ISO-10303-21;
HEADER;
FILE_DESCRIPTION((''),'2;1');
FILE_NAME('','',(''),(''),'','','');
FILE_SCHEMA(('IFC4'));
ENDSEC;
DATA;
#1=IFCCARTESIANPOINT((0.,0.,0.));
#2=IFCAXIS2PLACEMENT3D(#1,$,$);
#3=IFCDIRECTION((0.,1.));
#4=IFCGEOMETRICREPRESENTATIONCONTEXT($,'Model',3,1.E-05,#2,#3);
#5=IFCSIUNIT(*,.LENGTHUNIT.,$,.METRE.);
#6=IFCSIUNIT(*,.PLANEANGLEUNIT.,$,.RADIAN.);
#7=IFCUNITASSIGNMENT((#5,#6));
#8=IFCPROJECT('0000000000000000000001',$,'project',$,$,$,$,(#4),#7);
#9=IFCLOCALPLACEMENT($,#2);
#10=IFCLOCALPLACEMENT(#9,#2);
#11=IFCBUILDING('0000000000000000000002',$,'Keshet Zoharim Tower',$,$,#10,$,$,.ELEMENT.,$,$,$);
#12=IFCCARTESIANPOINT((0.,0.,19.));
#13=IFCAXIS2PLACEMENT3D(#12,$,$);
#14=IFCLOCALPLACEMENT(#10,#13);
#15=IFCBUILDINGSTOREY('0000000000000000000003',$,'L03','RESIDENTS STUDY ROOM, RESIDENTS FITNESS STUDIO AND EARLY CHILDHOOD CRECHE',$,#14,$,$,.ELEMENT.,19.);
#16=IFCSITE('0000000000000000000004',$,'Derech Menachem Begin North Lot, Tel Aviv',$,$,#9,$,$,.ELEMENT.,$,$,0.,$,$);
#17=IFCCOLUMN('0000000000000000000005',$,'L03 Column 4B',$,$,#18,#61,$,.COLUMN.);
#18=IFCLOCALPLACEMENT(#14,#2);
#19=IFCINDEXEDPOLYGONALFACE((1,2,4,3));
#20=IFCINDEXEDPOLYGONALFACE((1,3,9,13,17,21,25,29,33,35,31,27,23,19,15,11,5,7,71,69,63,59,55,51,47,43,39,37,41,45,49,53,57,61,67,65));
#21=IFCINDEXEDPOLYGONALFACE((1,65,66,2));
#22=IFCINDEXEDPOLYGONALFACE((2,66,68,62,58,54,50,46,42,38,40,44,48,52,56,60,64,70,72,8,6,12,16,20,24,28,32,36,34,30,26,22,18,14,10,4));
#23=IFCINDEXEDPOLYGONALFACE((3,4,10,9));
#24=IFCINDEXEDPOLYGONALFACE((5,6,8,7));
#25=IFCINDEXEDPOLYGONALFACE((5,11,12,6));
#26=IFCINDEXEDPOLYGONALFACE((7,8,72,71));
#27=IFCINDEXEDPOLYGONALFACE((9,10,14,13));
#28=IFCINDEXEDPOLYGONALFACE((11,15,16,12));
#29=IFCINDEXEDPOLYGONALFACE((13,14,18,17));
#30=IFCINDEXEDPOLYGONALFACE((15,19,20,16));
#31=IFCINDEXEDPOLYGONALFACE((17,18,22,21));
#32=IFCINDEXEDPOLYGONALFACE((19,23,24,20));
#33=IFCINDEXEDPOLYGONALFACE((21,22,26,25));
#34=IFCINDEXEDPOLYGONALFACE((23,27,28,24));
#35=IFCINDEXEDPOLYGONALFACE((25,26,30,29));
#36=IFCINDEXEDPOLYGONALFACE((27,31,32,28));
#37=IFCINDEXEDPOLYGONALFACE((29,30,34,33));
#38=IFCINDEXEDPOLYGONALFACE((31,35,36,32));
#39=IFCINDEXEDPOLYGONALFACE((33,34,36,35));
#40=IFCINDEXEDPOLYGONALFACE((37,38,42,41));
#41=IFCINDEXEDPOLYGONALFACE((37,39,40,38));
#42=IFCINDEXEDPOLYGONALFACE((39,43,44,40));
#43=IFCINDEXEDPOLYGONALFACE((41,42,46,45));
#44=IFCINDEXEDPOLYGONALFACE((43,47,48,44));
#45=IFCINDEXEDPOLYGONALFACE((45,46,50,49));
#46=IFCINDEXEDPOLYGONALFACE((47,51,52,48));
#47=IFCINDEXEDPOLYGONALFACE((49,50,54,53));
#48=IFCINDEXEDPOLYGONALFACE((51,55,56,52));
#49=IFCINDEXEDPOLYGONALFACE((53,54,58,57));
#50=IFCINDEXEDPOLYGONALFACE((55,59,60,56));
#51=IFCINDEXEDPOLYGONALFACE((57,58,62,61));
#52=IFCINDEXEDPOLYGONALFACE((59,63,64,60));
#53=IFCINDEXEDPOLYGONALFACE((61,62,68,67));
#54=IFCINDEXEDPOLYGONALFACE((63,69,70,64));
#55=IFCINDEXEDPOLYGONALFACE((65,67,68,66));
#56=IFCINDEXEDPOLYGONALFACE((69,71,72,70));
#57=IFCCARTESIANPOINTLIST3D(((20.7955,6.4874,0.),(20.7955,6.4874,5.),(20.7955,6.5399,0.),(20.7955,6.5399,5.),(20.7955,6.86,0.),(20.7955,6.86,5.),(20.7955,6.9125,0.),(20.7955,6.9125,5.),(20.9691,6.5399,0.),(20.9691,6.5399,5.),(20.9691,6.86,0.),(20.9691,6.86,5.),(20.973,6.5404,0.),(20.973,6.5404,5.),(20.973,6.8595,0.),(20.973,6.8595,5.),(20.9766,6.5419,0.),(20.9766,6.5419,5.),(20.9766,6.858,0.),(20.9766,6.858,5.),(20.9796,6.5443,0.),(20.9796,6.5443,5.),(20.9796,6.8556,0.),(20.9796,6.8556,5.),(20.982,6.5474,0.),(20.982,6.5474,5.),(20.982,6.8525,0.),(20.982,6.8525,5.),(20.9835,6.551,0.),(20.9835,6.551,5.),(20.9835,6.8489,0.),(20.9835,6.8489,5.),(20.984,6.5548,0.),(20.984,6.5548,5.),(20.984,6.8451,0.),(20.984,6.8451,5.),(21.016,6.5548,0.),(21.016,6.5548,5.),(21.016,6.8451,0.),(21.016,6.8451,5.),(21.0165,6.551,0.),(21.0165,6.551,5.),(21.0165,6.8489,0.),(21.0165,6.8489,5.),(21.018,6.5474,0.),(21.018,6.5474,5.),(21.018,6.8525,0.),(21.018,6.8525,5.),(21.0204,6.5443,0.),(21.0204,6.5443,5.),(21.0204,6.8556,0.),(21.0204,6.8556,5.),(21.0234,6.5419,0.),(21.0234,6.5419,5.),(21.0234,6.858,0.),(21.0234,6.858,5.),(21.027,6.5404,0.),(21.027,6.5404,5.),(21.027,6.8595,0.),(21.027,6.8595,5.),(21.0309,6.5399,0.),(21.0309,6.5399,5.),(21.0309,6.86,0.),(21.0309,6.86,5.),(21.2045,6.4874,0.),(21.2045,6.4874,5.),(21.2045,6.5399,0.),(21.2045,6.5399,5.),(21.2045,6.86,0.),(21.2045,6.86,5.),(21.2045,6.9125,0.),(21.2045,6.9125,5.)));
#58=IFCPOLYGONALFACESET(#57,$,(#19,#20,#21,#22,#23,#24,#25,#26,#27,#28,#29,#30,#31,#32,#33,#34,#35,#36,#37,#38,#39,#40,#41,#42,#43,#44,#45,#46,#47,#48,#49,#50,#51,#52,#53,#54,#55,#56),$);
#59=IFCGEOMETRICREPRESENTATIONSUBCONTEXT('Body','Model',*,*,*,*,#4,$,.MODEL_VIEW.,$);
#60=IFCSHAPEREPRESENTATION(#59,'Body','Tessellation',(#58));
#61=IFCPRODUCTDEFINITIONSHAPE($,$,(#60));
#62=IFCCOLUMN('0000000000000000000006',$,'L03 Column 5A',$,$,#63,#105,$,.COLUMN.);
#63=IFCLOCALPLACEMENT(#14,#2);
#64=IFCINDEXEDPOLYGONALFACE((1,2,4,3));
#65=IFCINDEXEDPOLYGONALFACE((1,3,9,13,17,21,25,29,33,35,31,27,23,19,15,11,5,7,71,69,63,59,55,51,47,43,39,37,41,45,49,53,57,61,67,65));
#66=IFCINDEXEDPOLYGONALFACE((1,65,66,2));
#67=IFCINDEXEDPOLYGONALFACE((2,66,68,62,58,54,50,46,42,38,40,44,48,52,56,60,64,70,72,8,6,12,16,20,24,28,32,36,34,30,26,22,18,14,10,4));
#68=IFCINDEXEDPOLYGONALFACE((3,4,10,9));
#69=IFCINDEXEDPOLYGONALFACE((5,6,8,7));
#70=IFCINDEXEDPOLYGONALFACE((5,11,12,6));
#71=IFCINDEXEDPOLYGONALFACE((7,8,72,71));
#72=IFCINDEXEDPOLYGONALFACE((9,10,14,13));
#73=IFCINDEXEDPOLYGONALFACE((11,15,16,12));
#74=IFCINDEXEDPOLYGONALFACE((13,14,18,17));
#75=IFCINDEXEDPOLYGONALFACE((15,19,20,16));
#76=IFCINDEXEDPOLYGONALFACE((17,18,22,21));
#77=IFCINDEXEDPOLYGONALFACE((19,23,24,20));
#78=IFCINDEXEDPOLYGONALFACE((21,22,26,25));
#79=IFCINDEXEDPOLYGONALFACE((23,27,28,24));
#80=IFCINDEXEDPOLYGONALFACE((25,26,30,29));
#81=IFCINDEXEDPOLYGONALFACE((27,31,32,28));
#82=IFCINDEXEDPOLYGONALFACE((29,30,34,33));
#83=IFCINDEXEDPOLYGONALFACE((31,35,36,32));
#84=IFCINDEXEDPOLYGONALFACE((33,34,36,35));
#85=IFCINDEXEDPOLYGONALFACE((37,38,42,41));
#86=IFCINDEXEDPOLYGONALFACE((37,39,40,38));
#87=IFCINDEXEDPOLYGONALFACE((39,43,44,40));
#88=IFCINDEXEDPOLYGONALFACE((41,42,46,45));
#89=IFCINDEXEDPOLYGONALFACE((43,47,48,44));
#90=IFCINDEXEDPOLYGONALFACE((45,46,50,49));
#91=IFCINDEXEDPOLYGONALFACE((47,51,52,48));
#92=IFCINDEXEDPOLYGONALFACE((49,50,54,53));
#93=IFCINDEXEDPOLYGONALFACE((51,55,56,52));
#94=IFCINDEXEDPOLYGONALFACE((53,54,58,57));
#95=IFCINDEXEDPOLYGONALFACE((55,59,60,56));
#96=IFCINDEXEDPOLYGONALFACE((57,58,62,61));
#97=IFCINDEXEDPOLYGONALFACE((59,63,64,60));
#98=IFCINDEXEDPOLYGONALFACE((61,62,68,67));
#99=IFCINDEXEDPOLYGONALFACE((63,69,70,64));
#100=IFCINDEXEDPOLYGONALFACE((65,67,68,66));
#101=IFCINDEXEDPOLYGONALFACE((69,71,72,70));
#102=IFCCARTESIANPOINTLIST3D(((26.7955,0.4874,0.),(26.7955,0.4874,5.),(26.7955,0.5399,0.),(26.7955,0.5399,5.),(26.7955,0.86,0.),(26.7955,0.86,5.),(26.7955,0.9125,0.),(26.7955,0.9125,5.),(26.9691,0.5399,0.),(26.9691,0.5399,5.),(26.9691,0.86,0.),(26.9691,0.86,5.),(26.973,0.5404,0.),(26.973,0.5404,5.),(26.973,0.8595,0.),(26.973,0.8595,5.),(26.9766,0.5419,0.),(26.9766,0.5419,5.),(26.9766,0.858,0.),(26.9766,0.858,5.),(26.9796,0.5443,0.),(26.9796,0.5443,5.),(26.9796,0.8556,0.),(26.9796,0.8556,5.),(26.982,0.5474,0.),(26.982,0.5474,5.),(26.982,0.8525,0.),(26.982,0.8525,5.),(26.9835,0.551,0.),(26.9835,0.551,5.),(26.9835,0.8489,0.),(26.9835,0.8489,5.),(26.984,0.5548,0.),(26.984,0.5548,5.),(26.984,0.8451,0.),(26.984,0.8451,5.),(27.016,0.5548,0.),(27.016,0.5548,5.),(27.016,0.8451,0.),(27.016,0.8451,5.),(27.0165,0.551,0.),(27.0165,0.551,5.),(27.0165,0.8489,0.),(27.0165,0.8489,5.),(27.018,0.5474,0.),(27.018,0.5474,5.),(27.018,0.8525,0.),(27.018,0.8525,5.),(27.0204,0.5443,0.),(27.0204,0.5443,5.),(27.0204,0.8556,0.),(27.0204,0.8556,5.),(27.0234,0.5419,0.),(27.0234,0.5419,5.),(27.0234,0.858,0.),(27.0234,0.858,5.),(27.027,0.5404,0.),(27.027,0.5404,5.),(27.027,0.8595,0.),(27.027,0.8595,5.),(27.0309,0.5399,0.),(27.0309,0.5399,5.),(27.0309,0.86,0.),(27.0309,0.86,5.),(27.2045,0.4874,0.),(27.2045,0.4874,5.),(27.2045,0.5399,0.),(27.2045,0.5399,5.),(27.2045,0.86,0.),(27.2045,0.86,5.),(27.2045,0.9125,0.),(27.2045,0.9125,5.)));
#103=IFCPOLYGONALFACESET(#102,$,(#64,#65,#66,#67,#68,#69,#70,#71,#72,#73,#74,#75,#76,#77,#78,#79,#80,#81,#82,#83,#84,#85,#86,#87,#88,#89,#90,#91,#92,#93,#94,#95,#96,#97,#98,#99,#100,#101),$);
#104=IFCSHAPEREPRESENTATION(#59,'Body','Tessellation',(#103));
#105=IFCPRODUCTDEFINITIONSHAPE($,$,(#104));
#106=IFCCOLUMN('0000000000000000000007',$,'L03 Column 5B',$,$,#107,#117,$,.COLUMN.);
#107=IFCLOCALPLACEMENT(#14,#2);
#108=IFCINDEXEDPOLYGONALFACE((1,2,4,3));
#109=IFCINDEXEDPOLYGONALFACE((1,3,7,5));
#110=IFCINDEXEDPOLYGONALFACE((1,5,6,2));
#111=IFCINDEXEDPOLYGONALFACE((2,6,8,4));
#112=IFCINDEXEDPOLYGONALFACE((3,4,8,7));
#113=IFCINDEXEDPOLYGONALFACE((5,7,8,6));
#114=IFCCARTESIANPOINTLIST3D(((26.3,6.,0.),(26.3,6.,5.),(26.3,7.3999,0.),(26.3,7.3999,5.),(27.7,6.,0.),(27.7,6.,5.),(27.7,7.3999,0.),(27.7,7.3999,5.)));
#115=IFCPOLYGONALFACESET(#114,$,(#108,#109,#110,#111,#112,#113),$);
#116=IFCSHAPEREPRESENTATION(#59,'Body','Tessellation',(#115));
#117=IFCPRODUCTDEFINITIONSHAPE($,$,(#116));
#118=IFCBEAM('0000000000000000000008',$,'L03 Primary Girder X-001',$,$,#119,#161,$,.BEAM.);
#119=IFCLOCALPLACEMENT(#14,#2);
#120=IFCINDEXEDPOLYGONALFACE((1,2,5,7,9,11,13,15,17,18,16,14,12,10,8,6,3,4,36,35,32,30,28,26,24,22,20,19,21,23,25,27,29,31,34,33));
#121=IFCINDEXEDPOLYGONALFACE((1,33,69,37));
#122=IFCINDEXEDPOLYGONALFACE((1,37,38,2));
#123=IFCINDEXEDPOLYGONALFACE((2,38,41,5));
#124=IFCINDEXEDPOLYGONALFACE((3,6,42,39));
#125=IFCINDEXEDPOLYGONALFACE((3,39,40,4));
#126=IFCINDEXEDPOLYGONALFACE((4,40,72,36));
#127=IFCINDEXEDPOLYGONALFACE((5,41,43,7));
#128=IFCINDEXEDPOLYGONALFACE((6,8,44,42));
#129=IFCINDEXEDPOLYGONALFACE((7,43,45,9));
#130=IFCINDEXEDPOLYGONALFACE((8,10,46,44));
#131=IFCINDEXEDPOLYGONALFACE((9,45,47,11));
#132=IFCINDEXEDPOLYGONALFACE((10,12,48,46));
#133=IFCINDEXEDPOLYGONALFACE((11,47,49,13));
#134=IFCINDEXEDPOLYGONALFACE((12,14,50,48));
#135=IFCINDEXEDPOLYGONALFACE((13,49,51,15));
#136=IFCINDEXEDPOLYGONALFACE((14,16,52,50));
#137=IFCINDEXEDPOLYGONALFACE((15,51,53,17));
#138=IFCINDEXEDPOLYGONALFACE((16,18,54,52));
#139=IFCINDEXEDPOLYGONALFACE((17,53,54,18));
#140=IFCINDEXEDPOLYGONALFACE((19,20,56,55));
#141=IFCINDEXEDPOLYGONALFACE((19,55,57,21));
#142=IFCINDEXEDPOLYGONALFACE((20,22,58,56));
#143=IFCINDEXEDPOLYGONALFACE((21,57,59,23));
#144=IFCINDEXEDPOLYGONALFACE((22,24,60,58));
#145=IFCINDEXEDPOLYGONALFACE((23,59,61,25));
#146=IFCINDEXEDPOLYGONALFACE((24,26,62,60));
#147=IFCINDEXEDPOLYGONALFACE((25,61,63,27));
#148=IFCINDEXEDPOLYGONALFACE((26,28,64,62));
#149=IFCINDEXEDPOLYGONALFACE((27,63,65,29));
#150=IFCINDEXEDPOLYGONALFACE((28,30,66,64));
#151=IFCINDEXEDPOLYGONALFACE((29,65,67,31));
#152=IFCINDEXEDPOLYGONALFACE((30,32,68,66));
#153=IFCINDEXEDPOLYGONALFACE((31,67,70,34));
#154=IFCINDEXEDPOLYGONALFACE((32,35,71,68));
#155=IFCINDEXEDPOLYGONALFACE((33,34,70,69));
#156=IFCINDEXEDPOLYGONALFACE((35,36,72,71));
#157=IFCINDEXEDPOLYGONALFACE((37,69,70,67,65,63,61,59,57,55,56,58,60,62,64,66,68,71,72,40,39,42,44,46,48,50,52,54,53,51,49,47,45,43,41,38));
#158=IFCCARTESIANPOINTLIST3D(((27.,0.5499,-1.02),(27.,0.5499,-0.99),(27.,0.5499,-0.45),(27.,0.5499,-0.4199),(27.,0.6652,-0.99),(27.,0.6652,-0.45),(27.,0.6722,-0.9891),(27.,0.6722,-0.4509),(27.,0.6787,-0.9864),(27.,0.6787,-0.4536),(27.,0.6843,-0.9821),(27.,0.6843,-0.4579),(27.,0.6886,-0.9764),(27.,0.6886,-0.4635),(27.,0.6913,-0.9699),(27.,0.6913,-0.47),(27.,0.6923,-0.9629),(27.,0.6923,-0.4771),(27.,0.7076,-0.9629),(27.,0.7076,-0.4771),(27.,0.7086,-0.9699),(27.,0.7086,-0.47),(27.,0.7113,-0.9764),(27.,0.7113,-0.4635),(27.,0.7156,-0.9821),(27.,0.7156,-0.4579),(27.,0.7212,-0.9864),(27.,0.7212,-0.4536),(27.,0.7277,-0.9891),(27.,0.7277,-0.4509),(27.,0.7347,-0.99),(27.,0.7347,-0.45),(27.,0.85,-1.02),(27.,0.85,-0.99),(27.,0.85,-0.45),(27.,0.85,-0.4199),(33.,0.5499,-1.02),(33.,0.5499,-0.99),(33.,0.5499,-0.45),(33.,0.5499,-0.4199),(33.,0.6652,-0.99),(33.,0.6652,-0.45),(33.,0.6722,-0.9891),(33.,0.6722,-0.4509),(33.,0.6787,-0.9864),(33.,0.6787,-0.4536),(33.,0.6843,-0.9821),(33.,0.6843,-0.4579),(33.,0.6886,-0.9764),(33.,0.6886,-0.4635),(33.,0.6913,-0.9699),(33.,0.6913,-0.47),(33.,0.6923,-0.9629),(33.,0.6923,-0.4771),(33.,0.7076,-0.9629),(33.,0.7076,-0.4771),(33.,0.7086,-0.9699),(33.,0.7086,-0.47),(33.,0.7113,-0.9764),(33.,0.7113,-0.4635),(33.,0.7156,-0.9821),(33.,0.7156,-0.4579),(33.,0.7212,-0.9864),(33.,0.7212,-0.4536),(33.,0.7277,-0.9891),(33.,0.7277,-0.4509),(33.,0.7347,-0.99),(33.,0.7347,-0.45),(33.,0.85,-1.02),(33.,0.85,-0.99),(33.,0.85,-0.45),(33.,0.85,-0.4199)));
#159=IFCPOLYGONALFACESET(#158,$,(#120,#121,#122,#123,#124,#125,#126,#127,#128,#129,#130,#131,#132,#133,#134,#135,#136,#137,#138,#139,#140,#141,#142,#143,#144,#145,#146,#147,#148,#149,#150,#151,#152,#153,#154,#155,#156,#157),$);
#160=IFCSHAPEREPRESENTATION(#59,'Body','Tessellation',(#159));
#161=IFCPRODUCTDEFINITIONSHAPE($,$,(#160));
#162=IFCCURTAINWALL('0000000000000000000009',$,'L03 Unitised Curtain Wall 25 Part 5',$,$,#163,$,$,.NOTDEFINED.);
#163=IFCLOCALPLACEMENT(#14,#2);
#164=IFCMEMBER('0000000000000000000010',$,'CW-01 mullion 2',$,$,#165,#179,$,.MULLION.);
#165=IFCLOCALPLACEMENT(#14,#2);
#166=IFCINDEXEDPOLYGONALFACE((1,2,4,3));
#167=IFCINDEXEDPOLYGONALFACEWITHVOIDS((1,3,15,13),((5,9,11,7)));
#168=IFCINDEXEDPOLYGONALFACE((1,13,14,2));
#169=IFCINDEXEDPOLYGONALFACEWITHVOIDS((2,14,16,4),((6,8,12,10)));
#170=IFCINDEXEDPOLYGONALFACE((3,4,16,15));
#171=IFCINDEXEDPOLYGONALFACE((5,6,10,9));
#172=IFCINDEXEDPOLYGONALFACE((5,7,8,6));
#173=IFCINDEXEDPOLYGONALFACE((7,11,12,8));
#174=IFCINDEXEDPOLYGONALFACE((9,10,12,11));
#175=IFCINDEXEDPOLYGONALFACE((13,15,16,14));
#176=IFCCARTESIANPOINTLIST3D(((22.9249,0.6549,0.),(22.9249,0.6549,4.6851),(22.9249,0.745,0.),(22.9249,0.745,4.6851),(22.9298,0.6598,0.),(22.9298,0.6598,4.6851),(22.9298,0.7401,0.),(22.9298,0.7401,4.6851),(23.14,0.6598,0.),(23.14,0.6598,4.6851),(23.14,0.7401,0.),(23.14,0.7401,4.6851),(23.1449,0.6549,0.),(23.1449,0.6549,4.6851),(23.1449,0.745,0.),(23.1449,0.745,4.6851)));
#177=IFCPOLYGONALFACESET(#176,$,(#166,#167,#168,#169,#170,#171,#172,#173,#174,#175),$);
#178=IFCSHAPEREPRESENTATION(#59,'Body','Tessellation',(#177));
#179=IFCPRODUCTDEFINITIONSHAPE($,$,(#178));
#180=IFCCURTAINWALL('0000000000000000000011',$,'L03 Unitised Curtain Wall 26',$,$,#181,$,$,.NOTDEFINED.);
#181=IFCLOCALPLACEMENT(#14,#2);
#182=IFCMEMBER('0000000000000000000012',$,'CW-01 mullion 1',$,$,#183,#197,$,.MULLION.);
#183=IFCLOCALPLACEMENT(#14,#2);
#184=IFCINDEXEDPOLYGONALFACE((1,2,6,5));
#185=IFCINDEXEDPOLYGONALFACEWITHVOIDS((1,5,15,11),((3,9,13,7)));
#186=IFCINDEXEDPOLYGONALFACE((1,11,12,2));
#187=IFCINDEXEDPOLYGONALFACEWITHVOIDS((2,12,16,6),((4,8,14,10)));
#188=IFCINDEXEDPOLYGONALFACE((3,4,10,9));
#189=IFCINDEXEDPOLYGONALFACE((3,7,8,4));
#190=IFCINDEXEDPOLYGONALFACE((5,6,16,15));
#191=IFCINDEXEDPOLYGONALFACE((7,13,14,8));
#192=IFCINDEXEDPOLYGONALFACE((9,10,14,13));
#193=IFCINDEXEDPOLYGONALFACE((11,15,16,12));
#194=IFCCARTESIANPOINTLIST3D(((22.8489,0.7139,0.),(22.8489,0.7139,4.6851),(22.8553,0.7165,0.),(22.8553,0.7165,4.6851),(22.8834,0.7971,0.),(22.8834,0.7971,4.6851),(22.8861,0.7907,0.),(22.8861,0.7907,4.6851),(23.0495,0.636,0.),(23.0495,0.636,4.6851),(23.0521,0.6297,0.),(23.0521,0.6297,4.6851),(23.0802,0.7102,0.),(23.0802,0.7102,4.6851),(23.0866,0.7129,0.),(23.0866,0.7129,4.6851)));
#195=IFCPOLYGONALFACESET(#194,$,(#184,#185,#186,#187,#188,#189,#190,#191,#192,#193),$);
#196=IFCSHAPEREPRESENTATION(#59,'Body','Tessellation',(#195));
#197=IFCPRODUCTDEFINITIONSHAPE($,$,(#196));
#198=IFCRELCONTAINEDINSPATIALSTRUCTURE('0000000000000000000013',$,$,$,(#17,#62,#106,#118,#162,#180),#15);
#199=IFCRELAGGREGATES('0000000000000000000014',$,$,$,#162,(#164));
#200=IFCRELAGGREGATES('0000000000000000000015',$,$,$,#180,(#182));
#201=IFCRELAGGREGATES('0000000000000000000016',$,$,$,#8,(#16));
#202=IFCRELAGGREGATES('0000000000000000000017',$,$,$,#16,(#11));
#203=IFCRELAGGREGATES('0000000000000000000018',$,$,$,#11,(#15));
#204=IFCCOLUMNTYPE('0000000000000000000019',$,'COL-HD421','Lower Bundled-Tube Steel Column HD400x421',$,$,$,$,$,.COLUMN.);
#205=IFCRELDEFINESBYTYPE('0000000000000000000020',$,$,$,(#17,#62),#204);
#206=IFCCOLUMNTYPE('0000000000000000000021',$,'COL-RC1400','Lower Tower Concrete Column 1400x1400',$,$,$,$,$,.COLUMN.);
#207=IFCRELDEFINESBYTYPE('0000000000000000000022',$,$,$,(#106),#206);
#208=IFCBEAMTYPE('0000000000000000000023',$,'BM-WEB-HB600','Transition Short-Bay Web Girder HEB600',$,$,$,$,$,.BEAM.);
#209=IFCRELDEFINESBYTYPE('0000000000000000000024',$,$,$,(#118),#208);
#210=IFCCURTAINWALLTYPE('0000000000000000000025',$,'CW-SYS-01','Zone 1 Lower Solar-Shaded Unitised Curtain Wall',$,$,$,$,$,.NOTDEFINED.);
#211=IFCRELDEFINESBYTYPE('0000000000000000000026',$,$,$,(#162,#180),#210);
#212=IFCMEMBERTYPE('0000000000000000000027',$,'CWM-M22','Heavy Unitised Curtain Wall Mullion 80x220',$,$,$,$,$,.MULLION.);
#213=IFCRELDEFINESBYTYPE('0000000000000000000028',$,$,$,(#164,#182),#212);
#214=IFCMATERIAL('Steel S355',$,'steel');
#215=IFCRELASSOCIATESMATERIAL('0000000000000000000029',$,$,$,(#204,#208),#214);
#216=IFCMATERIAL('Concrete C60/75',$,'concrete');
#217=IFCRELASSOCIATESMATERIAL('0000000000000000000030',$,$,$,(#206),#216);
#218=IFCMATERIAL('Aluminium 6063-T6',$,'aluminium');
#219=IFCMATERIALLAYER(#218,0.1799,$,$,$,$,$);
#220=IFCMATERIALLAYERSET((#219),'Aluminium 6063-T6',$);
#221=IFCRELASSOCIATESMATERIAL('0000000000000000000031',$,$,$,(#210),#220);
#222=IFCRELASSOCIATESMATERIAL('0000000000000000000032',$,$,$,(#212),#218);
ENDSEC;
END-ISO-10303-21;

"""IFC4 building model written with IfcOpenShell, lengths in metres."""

from ifc_helpers import new_model, si_unit, direction, frame, origin, origin_2d, place, context, subcontext, project, spatial, rectangle, hollow_rectangle, i_section, extrude, material, layer, layer_set, material_profile, profile_set, type_object, element, aggregate, save


model = new_model("IFC4")

# Units and contexts
model_context = context("Model", 3, precision=1e-05, world=origin(), true_north=direction((0.0, 1.0)))
body_context = subcontext(model_context, "Body", "Model", "MODEL_VIEW")
ifc_project = project(units=[si_unit("LENGTHUNIT", "METRE"), si_unit("PLANEANGLEUNIT", "RADIAN")], contexts=[model_context])

# Site, building, storey
site_placement = place(None, origin())
site = spatial("IfcSite", under=ifc_project, at=site_placement, Name="Derech Menachem Begin North Lot, Tel Aviv", CompositionType="ELEMENT", RefElevation=0.0)
building_placement = place(site_placement, origin())
building = spatial("IfcBuilding", under=site, at=building_placement, Name="Keshet Zoharim Tower", CompositionType="ELEMENT")
storey_placement = place(building_placement, frame((0.0, 0.0, 19.0)))
storey = spatial("IfcBuildingStorey", under=building, at=storey_placement, Name="L03", Description="RESIDENTS STUDY ROOM, RESIDENTS FITNESS STUDIO AND EARLY CHILDHOOD CRECHE", CompositionType="ELEMENT", Elevation=19.0)

# Columns
ifc_material_1 = material(Name="Steel S355", Category="steel")
ifc_material_profile_1 = material_profile(ifc_material_1, i_section(OverallWidth=0.4089, OverallDepth=0.425, WebThickness=0.032, FlangeThickness=0.0525, FilletRadius=0.0149, at=origin_2d()), Name="HD400x421")
ifc_profile_set_1 = profile_set([ifc_material_profile_1], Name="Steel S355")
column_type_1 = type_object("IfcColumnType", Name="COL-HD421", Description="Lower Bundled-Tube Steel Column HD400x421", PredefinedType="COLUMN", material=ifc_profile_set_1)
for number, where, z_axis, x_axis, name in (
    (1, (21.0, 6.7, 0.0), (0.0, 0.0, 1.0), (1.0, 0.0, 0.0), "L03 Column 4B"),
    (2, (27.0, 0.7, 0.0), (0.0, 0.0, 1.0), (1.0, 0.0, 0.0), "L03 Column 5A"),
):
    element("IfcColumn", number, at=place(storey_placement, frame(where, z_axis=z_axis, x_axis=x_axis)), inside=storey, type_object=column_type_1, Name=name, PredefinedType="COLUMN", context=body_context, shape_type="SweptSolid", body=[
        extrude(i_section(OverallWidth=0.4089, OverallDepth=0.425, WebThickness=0.032, FlangeThickness=0.0525, FilletRadius=0.0149, at=origin_2d()), origin(), (0.0, 0.0, 1.0), 5.0),
    ])
ifc_material_2 = material(Name="Concrete C60/75", Category="concrete")
ifc_material_profile_2 = material_profile(ifc_material_2, rectangle(XDim=1.3999, YDim=1.3999, at=origin_2d()), Name="RC1400x1400")
ifc_profile_set_2 = profile_set([ifc_material_profile_2], Name="Concrete C60/75")
column_type_2 = type_object("IfcColumnType", Name="COL-RC1400", Description="Lower Tower Concrete Column 1400x1400", PredefinedType="COLUMN", material=ifc_profile_set_2)
column_placement = place(storey_placement, frame((27.0, 6.7, 0.0), z_axis=(0.0, 0.0, 1.0), x_axis=(1.0, 0.0, 0.0)))
element("IfcColumn", 3, at=column_placement, inside=storey, type_object=column_type_2, Name="L03 Column 5B", PredefinedType="COLUMN", context=body_context, shape_type="SweptSolid", body=[
    extrude(rectangle(XDim=1.3999, YDim=1.3999, at=origin_2d()), origin(), (0.0, 0.0, 1.0), 5.0),
])

# Beam
ifc_material_profile_3 = material_profile(ifc_material_1, i_section(OverallWidth=0.3, OverallDepth=0.6001, WebThickness=0.0154, FlangeThickness=0.03, FilletRadius=0.0271, at=origin_2d()), Name="HEB600")
ifc_profile_set_3 = profile_set([ifc_material_profile_3], Name="Steel S355")
beam_type = type_object("IfcBeamType", Name="BM-WEB-HB600", Description="Transition Short-Bay Web Girder HEB600", PredefinedType="BEAM", material=ifc_profile_set_3)
beam_placement = place(storey_placement, frame((27.0, 0.7, -0.72), z_axis=(1.0, 0.0, 0.0), x_axis=(0.0, 1.0, 0.0)))
element("IfcBeam", 4, at=beam_placement, inside=storey, type_object=beam_type, Name="L03 Primary Girder X-001", PredefinedType="BEAM", context=body_context, shape_type="SweptSolid", body=[
    extrude(i_section(OverallWidth=0.3, OverallDepth=0.6001, WebThickness=0.0154, FlangeThickness=0.03, FilletRadius=0.0271, at=origin_2d()), origin(), (0.0, 0.0, 1.0), 6.0),
])

# Curtain wall, member
ifc_material_3 = material(Name="Aluminium 6063-T6", Category="aluminium")
ifc_layer_1 = layer(ifc_material_3, 0.1799)
ifc_layer_set_1 = layer_set([ifc_layer_1], Name="Aluminium 6063-T6")
curtain_wall_type = type_object("IfcCurtainWallType", Name="CW-SYS-01", Description="Zone 1 Lower Solar-Shaded Unitised Curtain Wall", PredefinedType="NOTDEFINED", material=ifc_layer_set_1)
curtain_wall_1_placement = place(storey_placement, origin())
curtain_wall_1 = element("IfcCurtainWall", 5, at=curtain_wall_1_placement, inside=storey, type_object=curtain_wall_type, Name="L03 Unitised Curtain Wall 25 Part 5", PredefinedType="NOTDEFINED")
ifc_material_profile_4 = material_profile(ifc_material_3, hollow_rectangle(XDim=0.0901, YDim=0.22, WallThickness=0.0049, at=origin_2d()), Name="MUL-90x220")
ifc_profile_set_4 = profile_set([ifc_material_profile_4], Name="Aluminium 6063-T6")
member_type_1 = type_object("IfcMemberType", Name="CWM-M22", Description="Heavy Unitised Curtain Wall Mullion 80x220", PredefinedType="MULLION", material=ifc_profile_set_4)
member_1_placement = place(storey_placement, frame((23.0349, 0.7, 0.0), z_axis=(0.0, 0.0, 1.0), x_axis=(0.0, -1.0, 0.0)))
member_1 = element("IfcMember", 6, at=member_1_placement, type_object=member_type_1, Name="CW-01 mullion 2", PredefinedType="MULLION", context=body_context, shape_type="SweptSolid", body=[
    extrude(hollow_rectangle(XDim=0.0901, YDim=0.22, WallThickness=0.0049, at=origin_2d()), origin(), (0.0, 0.0, 1.0), 4.6851),
])

# Curtain wall, member
curtain_wall_2_placement = place(storey_placement, origin())
curtain_wall_2 = element("IfcCurtainWall", 7, at=curtain_wall_2_placement, inside=storey, type_object=curtain_wall_type, Name="L03 Unitised Curtain Wall 26", PredefinedType="NOTDEFINED")
member_2_placement = place(storey_placement, frame((22.9678, 0.7134, 0.0), z_axis=(0.0, 0.0, 1.0), x_axis=(-0.382852, -0.92381, 0.0)))
member_2 = element("IfcMember", 8, at=member_2_placement, type_object=member_type_1, Name="CW-01 mullion 1", PredefinedType="MULLION", context=body_context, shape_type="SweptSolid", body=[
    extrude(hollow_rectangle(XDim=0.0901, YDim=0.22, WallThickness=0.0049, at=origin_2d()), origin(), (0.0, 0.0, 1.0), 4.6851),
])

aggregate(curtain_wall_1, [member_1])
aggregate(curtain_wall_2, [member_2])

save(model, "model.ifc")
